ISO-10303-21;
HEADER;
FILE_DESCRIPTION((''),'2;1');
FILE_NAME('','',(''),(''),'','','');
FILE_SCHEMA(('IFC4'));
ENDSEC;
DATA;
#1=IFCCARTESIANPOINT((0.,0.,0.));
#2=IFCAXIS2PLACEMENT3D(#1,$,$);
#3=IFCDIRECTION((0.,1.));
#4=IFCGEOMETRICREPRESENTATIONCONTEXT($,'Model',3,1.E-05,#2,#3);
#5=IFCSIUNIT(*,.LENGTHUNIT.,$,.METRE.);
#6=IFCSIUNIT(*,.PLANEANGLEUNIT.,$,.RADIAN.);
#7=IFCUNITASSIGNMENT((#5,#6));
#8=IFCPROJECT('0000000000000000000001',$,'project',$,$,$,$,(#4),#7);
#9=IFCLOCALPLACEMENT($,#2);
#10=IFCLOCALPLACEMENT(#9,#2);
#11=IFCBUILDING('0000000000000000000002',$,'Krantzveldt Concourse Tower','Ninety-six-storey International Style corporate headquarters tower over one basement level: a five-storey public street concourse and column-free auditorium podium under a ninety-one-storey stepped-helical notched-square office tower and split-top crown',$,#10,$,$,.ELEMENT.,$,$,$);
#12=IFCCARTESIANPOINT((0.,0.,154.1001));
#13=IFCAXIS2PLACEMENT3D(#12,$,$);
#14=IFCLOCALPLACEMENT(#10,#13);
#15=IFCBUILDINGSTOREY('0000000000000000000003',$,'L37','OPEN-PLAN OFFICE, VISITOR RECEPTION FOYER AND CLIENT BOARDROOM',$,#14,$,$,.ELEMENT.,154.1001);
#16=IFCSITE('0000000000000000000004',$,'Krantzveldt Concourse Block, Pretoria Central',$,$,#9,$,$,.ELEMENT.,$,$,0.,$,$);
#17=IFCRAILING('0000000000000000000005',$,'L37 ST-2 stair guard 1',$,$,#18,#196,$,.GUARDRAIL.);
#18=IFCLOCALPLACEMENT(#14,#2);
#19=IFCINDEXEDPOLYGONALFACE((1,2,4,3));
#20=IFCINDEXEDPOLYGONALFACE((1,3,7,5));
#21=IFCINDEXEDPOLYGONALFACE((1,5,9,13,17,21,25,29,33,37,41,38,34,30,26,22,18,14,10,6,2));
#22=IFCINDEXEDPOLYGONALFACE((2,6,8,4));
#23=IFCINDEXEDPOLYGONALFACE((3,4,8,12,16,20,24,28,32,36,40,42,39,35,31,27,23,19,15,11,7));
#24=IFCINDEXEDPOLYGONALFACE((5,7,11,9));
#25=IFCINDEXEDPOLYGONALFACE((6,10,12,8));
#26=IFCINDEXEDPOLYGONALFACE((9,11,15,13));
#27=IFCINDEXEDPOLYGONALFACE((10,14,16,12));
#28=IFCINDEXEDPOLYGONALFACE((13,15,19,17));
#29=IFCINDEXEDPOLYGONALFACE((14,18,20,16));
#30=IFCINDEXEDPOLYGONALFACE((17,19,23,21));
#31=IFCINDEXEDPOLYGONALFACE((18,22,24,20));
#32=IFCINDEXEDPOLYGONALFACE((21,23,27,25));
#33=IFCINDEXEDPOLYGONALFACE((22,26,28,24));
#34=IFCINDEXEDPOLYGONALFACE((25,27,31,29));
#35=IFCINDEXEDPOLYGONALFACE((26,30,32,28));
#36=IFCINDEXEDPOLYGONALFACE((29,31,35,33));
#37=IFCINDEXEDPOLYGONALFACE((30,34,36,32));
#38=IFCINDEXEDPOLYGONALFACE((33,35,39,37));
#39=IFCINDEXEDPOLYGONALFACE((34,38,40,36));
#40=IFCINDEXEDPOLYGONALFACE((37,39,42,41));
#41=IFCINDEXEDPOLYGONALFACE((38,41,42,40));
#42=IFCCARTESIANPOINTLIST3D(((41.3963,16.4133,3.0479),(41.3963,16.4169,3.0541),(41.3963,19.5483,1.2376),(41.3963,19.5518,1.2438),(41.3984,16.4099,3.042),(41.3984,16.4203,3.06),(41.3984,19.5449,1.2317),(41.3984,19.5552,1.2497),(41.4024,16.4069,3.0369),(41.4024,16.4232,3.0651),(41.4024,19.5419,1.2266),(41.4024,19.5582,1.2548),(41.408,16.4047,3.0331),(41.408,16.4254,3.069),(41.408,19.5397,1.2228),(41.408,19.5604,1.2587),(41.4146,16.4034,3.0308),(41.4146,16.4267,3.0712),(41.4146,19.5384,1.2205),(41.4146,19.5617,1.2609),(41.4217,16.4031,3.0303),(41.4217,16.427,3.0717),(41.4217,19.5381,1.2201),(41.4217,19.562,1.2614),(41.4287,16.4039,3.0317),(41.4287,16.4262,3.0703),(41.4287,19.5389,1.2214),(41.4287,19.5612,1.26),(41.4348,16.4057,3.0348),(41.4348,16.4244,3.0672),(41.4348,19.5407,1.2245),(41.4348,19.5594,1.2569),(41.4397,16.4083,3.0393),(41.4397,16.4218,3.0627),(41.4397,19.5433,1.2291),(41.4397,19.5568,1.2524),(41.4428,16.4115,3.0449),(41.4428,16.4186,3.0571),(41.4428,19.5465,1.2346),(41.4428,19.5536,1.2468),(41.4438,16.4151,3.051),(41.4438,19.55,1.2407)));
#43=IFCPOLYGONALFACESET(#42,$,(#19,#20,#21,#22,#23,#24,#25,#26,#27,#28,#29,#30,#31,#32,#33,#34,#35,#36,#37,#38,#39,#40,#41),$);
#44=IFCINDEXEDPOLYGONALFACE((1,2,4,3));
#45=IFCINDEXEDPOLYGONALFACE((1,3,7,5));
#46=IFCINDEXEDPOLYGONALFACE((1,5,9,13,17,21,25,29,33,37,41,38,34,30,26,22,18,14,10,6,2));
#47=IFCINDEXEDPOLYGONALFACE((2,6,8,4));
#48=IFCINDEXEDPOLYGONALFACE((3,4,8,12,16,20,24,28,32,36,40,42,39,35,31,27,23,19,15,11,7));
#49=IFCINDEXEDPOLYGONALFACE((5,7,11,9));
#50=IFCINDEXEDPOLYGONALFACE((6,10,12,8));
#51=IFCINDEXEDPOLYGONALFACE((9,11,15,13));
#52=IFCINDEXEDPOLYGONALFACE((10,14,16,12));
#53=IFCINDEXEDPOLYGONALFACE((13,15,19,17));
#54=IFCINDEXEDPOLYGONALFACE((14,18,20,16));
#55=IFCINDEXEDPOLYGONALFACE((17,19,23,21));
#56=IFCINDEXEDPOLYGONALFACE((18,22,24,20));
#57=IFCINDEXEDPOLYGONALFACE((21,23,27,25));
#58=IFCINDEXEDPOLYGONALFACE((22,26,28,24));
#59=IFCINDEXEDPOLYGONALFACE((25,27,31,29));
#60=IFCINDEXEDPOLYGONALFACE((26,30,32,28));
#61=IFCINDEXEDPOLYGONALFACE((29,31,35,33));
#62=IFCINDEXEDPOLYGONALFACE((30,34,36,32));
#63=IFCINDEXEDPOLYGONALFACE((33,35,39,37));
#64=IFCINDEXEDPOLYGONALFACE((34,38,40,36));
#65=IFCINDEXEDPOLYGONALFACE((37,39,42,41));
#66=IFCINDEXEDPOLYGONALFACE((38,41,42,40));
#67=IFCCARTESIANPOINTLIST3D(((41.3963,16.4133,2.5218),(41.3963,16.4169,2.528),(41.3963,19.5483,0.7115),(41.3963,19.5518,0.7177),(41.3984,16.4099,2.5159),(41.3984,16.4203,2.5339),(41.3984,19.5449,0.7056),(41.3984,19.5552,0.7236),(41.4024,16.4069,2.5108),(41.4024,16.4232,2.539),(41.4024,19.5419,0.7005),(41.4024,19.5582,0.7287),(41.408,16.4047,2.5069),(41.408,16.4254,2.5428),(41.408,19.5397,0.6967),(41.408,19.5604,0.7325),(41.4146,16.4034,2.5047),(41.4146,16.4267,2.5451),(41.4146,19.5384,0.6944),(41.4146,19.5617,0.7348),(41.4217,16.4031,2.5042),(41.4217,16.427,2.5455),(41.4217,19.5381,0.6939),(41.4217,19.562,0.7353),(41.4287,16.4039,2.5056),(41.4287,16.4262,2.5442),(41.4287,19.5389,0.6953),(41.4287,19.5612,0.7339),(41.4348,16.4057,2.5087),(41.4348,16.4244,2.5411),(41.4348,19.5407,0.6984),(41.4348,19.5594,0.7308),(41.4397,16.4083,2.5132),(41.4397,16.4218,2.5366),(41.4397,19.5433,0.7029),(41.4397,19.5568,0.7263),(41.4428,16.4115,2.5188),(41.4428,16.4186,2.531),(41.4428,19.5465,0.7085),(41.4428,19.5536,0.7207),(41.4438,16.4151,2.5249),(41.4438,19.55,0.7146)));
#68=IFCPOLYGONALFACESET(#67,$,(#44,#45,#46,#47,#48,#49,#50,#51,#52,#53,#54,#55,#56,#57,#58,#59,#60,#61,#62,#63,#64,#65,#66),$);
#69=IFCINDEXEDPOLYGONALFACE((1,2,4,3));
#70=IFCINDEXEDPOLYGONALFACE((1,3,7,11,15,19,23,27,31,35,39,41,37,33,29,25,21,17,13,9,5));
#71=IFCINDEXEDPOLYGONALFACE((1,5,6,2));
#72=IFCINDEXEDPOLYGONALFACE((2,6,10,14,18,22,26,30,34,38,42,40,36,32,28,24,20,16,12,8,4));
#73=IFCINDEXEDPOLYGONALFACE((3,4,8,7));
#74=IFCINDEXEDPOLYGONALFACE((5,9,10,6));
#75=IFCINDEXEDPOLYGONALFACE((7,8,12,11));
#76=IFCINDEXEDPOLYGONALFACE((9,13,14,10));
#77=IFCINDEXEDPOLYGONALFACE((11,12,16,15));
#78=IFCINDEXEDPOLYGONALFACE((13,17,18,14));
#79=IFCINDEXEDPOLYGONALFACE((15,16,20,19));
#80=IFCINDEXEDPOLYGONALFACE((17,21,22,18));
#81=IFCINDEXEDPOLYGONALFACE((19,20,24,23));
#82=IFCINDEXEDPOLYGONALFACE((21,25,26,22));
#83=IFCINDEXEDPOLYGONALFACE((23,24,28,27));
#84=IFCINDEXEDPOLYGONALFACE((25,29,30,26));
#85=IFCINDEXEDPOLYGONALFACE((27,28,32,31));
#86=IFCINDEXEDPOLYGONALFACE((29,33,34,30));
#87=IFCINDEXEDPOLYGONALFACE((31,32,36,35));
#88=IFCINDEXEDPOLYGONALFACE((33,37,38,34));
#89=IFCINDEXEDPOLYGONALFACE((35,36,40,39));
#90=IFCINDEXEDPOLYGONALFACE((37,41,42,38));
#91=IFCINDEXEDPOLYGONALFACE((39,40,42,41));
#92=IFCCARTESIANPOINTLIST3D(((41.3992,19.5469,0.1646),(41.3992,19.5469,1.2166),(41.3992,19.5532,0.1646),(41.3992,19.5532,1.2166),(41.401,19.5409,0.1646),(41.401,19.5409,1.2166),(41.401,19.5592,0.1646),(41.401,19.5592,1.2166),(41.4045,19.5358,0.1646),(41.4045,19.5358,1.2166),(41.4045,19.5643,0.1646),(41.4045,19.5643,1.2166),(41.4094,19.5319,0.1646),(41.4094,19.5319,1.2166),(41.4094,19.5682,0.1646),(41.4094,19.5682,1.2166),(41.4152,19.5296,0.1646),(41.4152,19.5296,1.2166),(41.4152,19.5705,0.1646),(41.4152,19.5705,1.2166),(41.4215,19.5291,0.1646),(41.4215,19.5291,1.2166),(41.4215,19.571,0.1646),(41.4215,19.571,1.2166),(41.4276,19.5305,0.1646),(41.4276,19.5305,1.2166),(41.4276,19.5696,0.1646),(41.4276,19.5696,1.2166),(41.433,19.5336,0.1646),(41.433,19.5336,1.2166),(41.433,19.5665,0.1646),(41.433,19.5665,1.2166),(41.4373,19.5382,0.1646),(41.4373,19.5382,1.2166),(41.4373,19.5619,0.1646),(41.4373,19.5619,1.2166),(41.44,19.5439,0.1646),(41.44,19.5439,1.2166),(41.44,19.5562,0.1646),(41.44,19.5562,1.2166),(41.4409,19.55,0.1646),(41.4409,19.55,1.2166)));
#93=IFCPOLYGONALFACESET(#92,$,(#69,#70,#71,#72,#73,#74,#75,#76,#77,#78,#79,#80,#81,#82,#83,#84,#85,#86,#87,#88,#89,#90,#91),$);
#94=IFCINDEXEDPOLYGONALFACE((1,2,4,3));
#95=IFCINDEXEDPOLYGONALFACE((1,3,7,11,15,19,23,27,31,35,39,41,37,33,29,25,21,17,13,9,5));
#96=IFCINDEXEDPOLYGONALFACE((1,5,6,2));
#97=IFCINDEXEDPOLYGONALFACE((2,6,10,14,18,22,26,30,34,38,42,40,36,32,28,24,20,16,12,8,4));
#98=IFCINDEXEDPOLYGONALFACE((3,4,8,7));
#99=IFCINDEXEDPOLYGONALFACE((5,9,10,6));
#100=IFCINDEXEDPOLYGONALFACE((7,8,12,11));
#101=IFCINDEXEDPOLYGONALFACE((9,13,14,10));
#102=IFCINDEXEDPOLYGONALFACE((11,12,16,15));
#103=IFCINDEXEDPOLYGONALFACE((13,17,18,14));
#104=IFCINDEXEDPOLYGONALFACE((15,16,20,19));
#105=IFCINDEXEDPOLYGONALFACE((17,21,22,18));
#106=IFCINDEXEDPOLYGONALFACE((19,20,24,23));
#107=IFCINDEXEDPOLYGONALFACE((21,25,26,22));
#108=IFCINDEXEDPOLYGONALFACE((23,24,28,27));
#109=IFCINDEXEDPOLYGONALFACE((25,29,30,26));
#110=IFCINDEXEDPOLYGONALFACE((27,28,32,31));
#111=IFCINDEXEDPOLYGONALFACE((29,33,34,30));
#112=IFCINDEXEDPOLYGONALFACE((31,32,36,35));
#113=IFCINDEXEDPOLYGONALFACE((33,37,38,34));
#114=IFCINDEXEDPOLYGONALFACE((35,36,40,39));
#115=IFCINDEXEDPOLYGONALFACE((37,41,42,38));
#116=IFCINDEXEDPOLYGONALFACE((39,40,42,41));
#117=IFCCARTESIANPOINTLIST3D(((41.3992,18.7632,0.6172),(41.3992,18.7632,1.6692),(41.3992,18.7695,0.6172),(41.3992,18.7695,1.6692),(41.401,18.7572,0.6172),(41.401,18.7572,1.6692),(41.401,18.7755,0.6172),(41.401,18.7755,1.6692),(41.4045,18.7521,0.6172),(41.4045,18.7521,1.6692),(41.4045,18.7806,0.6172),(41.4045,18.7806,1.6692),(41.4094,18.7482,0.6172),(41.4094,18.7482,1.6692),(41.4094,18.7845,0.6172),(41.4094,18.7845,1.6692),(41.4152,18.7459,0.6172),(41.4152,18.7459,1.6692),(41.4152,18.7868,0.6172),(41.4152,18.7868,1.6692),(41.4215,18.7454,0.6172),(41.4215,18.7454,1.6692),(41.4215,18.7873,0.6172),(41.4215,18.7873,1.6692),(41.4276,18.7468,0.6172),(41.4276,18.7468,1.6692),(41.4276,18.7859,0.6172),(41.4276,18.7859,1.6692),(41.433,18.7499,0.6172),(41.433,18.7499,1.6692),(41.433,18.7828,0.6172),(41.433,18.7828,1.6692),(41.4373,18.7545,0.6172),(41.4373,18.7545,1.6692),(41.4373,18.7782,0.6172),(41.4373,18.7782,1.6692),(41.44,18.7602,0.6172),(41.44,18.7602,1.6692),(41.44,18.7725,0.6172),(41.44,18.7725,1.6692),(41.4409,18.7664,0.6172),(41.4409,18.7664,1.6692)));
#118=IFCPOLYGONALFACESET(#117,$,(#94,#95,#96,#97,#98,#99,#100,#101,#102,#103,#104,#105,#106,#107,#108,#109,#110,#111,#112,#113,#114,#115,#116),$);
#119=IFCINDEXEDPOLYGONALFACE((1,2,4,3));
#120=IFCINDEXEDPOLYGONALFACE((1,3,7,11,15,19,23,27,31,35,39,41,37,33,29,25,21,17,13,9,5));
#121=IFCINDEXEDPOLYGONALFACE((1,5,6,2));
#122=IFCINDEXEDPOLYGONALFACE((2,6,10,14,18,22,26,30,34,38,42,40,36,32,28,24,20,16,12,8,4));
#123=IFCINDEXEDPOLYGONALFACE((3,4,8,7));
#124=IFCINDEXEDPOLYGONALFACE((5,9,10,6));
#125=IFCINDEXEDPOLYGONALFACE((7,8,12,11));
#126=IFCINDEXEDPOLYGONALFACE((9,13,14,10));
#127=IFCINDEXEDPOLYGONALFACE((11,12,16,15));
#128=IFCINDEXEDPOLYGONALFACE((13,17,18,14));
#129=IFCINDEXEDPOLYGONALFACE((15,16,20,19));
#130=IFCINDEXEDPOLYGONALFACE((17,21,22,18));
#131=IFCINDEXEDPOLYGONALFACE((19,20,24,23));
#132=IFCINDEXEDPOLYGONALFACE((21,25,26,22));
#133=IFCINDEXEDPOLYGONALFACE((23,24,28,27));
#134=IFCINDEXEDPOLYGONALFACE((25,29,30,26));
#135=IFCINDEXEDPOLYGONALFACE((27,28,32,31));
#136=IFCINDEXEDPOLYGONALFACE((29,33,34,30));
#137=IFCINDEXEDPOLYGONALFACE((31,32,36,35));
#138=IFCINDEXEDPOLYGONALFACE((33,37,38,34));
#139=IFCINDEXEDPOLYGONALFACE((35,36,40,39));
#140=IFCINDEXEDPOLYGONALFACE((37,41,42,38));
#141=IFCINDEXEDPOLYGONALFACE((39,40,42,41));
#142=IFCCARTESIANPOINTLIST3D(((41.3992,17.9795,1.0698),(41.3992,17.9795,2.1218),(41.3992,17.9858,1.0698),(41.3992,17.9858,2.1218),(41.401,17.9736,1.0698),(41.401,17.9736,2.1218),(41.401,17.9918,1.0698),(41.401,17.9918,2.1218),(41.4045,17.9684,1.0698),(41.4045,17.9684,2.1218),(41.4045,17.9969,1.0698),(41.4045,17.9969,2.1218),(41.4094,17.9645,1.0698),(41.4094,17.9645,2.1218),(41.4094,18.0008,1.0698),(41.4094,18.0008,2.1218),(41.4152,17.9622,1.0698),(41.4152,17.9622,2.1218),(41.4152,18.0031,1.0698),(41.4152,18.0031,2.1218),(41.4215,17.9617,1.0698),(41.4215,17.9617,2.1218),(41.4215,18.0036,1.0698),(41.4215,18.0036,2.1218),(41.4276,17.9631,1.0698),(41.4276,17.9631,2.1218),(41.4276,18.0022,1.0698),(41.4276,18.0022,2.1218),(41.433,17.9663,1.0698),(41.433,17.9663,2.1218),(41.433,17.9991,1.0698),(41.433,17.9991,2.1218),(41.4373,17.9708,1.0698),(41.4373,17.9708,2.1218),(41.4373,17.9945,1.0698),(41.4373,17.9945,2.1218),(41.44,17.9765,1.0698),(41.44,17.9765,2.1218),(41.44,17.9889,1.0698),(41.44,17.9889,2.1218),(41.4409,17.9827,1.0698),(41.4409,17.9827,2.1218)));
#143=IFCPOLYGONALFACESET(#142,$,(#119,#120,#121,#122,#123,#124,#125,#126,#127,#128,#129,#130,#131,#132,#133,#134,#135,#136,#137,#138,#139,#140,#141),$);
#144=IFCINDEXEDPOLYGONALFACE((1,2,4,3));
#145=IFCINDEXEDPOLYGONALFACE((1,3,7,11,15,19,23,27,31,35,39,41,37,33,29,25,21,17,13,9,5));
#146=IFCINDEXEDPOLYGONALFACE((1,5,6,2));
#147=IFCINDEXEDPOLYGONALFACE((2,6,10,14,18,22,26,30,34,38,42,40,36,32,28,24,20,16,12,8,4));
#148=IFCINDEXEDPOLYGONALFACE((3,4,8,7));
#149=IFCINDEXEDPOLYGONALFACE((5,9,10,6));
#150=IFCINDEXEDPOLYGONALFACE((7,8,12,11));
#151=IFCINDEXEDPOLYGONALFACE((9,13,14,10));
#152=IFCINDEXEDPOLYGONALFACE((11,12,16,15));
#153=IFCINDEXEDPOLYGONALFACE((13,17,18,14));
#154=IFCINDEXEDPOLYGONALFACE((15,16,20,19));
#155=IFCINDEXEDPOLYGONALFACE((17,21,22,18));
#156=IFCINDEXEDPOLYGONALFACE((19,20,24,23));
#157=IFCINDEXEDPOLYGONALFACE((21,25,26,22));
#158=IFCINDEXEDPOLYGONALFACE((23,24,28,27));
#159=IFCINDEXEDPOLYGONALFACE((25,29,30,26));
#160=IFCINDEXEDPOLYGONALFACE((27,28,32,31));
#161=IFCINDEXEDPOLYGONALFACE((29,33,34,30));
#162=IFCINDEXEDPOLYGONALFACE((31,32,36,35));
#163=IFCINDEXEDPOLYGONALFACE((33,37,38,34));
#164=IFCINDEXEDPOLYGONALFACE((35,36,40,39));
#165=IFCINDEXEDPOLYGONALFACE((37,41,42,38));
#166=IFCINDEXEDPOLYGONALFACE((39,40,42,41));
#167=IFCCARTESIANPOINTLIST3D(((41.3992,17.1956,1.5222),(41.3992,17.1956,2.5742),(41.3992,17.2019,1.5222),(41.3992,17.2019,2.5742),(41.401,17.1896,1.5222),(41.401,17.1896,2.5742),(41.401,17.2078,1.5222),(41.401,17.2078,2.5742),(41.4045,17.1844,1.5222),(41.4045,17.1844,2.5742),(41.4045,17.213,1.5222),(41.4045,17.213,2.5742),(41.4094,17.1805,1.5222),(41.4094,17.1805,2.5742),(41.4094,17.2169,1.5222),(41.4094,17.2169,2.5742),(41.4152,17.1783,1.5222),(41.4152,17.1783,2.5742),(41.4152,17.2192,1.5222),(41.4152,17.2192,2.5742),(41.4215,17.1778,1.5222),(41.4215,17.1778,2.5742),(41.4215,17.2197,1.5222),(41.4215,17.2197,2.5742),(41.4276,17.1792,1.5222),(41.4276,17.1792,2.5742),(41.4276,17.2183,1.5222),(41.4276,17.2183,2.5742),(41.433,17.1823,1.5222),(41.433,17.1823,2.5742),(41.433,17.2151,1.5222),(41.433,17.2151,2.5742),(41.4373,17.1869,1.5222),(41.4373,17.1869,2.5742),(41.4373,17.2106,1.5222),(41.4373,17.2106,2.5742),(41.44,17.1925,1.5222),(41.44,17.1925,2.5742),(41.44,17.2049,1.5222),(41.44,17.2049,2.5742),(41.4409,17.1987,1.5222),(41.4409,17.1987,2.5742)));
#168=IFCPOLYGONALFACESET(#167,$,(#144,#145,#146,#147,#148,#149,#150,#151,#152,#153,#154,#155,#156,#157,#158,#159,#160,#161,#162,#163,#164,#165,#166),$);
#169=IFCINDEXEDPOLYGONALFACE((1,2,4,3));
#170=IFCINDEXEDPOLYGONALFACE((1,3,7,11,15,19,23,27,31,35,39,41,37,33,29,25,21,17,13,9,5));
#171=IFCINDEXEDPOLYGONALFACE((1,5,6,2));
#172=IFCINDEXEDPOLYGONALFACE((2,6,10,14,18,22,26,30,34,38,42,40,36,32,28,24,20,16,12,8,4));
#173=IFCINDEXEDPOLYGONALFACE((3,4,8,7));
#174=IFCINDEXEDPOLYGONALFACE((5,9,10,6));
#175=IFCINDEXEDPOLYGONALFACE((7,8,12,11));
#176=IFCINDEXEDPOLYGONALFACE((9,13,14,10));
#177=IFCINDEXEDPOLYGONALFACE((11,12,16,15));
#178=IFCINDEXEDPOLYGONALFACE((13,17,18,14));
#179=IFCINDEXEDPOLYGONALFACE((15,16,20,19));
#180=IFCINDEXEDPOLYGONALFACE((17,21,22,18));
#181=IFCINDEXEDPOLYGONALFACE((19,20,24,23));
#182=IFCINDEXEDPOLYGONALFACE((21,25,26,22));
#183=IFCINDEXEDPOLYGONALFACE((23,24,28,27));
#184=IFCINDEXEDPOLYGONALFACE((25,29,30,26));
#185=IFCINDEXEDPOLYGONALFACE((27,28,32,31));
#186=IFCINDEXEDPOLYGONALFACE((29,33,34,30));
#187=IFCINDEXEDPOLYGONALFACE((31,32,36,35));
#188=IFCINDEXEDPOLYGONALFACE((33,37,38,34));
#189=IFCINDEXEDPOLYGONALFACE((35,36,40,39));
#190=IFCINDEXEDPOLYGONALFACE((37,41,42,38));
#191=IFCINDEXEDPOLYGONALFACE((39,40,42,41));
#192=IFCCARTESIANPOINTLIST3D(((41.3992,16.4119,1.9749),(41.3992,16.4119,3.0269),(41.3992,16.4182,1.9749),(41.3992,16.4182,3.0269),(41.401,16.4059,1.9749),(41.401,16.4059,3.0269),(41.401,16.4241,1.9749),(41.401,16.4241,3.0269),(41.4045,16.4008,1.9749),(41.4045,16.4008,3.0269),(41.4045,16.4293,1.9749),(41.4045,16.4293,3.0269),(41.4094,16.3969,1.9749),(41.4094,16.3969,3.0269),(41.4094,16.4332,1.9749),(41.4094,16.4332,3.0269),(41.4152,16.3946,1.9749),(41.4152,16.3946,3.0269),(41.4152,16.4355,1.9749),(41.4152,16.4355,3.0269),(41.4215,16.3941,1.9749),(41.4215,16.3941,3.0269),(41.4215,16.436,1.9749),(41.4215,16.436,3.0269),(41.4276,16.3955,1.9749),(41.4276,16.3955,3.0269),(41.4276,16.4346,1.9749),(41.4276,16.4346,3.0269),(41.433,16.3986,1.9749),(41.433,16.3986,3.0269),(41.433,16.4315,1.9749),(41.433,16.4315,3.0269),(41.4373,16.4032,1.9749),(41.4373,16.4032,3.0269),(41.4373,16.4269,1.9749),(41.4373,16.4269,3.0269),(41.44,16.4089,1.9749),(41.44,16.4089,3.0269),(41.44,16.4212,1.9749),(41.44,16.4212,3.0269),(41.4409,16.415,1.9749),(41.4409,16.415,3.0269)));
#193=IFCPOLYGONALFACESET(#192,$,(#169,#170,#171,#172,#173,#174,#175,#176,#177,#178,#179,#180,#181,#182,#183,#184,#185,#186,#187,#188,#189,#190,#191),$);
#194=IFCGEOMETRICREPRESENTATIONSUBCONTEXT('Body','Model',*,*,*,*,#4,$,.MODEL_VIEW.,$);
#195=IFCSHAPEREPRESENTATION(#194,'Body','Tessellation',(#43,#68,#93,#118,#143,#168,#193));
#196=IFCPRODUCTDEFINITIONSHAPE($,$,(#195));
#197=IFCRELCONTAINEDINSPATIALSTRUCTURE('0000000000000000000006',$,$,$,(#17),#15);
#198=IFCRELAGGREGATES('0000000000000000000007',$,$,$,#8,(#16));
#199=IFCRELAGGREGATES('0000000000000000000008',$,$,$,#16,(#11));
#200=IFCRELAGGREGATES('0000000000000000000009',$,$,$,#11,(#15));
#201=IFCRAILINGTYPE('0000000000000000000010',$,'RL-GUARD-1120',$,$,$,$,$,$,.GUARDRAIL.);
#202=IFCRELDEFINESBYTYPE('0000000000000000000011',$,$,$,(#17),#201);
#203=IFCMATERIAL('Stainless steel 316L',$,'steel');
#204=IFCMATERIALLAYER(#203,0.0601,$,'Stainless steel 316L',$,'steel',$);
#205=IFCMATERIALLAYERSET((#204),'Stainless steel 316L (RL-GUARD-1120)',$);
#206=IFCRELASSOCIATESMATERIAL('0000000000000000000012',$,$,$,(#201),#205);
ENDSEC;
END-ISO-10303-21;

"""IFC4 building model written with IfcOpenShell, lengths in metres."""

from ifc_helpers import new_model, si_unit, direction, frame, origin, origin_2d, place, context, subcontext, project, spatial, circle, extrude, material, layer, layer_set, type_object, element, save


model = new_model("IFC4")

# Units and contexts
model_context = context("Model", 3, precision=1e-05, world=origin(), true_north=direction((0.0, 1.0)))
body_context = subcontext(model_context, "Body", "Model", "MODEL_VIEW")
ifc_project = project(units=[si_unit("LENGTHUNIT", "METRE"), si_unit("PLANEANGLEUNIT", "RADIAN")], contexts=[model_context])

# Site, building, storey
site_placement = place(None, origin())
site = spatial("IfcSite", under=ifc_project, at=site_placement, Name="Krantzveldt Concourse Block, Pretoria Central", CompositionType="ELEMENT", RefElevation=0.0)
building_placement = place(site_placement, origin())
building = spatial("IfcBuilding", under=site, at=building_placement, Name="Krantzveldt Concourse Tower", Description="Ninety-six-storey International Style corporate headquarters tower over one basement level: a five-storey public street concourse and column-free auditorium podium under a ninety-one-storey stepped-helical notched-square office tower and split-top crown", CompositionType="ELEMENT")
storey_placement = place(building_placement, frame((0.0, 0.0, 154.1001)))
storey = spatial("IfcBuildingStorey", under=building, at=storey_placement, Name="L37", Description="OPEN-PLAN OFFICE, VISITOR RECEPTION FOYER AND CLIENT BOARDROOM", CompositionType="ELEMENT", Elevation=154.1001)

# Shared definitions
ifc_material_1 = material(Name="Stainless steel 316L", Category="steel")

# Railing
ifc_layer_1 = layer(ifc_material_1, 0.0601, Name="Stainless steel 316L", Category="steel")
ifc_layer_set_1 = layer_set([ifc_layer_1], Name="Stainless steel 316L (RL-GUARD-1120)")
railing_type_1 = type_object("IfcRailingType", Name="RL-GUARD-1120", PredefinedType="GUARDRAIL", material=ifc_layer_set_1)
railing_1_placement = place(storey_placement, frame((41.4199, 19.55, 0.1646)))
element("IfcRailing", 1, at=railing_1_placement, inside=storey, type_object=railing_type_1, Name="L37 ST-2 stair guard 1", PredefinedType="GUARDRAIL", context=body_context, shape_type="SweptSolid", body=[
    extrude(circle(Radius=0.0239, at=origin_2d()), frame((0.0, 0.0, 1.0762), z_axis=(0.0, -0.865989, 0.500063), x_axis=(1.0, 0.0, 0.0)), (0.0, 0.0, 1.0), 3.6201),
    extrude(circle(Radius=0.0239, at=origin_2d()), frame((0.0, 0.0, 0.55), z_axis=(0.0, -0.865989, 0.500063), x_axis=(1.0, 0.0, 0.0)), (0.0, 0.0, 1.0), 3.6201),
    extrude(circle(Radius=0.021, at=origin_2d()), origin(), (0.0, 0.0, 1.0), 1.052),
    extrude(circle(Radius=0.021, at=origin_2d()), frame((0.0, -0.7837, 0.4526)), (0.0, 0.0, 1.0), 1.052),
    extrude(circle(Radius=0.021, at=origin_2d()), frame((0.0, -1.5674, 0.9053)), (0.0, 0.0, 1.0), 1.052),
    extrude(circle(Radius=0.021, at=origin_2d()), frame((0.0, -2.3513, 1.3577)), (0.0, 0.0, 1.0), 1.052),
    extrude(circle(Radius=0.021, at=origin_2d()), frame((0.0, -3.135, 1.8103)), (0.0, 0.0, 1.0), 1.052),
])

save(model, "model.ifc")
